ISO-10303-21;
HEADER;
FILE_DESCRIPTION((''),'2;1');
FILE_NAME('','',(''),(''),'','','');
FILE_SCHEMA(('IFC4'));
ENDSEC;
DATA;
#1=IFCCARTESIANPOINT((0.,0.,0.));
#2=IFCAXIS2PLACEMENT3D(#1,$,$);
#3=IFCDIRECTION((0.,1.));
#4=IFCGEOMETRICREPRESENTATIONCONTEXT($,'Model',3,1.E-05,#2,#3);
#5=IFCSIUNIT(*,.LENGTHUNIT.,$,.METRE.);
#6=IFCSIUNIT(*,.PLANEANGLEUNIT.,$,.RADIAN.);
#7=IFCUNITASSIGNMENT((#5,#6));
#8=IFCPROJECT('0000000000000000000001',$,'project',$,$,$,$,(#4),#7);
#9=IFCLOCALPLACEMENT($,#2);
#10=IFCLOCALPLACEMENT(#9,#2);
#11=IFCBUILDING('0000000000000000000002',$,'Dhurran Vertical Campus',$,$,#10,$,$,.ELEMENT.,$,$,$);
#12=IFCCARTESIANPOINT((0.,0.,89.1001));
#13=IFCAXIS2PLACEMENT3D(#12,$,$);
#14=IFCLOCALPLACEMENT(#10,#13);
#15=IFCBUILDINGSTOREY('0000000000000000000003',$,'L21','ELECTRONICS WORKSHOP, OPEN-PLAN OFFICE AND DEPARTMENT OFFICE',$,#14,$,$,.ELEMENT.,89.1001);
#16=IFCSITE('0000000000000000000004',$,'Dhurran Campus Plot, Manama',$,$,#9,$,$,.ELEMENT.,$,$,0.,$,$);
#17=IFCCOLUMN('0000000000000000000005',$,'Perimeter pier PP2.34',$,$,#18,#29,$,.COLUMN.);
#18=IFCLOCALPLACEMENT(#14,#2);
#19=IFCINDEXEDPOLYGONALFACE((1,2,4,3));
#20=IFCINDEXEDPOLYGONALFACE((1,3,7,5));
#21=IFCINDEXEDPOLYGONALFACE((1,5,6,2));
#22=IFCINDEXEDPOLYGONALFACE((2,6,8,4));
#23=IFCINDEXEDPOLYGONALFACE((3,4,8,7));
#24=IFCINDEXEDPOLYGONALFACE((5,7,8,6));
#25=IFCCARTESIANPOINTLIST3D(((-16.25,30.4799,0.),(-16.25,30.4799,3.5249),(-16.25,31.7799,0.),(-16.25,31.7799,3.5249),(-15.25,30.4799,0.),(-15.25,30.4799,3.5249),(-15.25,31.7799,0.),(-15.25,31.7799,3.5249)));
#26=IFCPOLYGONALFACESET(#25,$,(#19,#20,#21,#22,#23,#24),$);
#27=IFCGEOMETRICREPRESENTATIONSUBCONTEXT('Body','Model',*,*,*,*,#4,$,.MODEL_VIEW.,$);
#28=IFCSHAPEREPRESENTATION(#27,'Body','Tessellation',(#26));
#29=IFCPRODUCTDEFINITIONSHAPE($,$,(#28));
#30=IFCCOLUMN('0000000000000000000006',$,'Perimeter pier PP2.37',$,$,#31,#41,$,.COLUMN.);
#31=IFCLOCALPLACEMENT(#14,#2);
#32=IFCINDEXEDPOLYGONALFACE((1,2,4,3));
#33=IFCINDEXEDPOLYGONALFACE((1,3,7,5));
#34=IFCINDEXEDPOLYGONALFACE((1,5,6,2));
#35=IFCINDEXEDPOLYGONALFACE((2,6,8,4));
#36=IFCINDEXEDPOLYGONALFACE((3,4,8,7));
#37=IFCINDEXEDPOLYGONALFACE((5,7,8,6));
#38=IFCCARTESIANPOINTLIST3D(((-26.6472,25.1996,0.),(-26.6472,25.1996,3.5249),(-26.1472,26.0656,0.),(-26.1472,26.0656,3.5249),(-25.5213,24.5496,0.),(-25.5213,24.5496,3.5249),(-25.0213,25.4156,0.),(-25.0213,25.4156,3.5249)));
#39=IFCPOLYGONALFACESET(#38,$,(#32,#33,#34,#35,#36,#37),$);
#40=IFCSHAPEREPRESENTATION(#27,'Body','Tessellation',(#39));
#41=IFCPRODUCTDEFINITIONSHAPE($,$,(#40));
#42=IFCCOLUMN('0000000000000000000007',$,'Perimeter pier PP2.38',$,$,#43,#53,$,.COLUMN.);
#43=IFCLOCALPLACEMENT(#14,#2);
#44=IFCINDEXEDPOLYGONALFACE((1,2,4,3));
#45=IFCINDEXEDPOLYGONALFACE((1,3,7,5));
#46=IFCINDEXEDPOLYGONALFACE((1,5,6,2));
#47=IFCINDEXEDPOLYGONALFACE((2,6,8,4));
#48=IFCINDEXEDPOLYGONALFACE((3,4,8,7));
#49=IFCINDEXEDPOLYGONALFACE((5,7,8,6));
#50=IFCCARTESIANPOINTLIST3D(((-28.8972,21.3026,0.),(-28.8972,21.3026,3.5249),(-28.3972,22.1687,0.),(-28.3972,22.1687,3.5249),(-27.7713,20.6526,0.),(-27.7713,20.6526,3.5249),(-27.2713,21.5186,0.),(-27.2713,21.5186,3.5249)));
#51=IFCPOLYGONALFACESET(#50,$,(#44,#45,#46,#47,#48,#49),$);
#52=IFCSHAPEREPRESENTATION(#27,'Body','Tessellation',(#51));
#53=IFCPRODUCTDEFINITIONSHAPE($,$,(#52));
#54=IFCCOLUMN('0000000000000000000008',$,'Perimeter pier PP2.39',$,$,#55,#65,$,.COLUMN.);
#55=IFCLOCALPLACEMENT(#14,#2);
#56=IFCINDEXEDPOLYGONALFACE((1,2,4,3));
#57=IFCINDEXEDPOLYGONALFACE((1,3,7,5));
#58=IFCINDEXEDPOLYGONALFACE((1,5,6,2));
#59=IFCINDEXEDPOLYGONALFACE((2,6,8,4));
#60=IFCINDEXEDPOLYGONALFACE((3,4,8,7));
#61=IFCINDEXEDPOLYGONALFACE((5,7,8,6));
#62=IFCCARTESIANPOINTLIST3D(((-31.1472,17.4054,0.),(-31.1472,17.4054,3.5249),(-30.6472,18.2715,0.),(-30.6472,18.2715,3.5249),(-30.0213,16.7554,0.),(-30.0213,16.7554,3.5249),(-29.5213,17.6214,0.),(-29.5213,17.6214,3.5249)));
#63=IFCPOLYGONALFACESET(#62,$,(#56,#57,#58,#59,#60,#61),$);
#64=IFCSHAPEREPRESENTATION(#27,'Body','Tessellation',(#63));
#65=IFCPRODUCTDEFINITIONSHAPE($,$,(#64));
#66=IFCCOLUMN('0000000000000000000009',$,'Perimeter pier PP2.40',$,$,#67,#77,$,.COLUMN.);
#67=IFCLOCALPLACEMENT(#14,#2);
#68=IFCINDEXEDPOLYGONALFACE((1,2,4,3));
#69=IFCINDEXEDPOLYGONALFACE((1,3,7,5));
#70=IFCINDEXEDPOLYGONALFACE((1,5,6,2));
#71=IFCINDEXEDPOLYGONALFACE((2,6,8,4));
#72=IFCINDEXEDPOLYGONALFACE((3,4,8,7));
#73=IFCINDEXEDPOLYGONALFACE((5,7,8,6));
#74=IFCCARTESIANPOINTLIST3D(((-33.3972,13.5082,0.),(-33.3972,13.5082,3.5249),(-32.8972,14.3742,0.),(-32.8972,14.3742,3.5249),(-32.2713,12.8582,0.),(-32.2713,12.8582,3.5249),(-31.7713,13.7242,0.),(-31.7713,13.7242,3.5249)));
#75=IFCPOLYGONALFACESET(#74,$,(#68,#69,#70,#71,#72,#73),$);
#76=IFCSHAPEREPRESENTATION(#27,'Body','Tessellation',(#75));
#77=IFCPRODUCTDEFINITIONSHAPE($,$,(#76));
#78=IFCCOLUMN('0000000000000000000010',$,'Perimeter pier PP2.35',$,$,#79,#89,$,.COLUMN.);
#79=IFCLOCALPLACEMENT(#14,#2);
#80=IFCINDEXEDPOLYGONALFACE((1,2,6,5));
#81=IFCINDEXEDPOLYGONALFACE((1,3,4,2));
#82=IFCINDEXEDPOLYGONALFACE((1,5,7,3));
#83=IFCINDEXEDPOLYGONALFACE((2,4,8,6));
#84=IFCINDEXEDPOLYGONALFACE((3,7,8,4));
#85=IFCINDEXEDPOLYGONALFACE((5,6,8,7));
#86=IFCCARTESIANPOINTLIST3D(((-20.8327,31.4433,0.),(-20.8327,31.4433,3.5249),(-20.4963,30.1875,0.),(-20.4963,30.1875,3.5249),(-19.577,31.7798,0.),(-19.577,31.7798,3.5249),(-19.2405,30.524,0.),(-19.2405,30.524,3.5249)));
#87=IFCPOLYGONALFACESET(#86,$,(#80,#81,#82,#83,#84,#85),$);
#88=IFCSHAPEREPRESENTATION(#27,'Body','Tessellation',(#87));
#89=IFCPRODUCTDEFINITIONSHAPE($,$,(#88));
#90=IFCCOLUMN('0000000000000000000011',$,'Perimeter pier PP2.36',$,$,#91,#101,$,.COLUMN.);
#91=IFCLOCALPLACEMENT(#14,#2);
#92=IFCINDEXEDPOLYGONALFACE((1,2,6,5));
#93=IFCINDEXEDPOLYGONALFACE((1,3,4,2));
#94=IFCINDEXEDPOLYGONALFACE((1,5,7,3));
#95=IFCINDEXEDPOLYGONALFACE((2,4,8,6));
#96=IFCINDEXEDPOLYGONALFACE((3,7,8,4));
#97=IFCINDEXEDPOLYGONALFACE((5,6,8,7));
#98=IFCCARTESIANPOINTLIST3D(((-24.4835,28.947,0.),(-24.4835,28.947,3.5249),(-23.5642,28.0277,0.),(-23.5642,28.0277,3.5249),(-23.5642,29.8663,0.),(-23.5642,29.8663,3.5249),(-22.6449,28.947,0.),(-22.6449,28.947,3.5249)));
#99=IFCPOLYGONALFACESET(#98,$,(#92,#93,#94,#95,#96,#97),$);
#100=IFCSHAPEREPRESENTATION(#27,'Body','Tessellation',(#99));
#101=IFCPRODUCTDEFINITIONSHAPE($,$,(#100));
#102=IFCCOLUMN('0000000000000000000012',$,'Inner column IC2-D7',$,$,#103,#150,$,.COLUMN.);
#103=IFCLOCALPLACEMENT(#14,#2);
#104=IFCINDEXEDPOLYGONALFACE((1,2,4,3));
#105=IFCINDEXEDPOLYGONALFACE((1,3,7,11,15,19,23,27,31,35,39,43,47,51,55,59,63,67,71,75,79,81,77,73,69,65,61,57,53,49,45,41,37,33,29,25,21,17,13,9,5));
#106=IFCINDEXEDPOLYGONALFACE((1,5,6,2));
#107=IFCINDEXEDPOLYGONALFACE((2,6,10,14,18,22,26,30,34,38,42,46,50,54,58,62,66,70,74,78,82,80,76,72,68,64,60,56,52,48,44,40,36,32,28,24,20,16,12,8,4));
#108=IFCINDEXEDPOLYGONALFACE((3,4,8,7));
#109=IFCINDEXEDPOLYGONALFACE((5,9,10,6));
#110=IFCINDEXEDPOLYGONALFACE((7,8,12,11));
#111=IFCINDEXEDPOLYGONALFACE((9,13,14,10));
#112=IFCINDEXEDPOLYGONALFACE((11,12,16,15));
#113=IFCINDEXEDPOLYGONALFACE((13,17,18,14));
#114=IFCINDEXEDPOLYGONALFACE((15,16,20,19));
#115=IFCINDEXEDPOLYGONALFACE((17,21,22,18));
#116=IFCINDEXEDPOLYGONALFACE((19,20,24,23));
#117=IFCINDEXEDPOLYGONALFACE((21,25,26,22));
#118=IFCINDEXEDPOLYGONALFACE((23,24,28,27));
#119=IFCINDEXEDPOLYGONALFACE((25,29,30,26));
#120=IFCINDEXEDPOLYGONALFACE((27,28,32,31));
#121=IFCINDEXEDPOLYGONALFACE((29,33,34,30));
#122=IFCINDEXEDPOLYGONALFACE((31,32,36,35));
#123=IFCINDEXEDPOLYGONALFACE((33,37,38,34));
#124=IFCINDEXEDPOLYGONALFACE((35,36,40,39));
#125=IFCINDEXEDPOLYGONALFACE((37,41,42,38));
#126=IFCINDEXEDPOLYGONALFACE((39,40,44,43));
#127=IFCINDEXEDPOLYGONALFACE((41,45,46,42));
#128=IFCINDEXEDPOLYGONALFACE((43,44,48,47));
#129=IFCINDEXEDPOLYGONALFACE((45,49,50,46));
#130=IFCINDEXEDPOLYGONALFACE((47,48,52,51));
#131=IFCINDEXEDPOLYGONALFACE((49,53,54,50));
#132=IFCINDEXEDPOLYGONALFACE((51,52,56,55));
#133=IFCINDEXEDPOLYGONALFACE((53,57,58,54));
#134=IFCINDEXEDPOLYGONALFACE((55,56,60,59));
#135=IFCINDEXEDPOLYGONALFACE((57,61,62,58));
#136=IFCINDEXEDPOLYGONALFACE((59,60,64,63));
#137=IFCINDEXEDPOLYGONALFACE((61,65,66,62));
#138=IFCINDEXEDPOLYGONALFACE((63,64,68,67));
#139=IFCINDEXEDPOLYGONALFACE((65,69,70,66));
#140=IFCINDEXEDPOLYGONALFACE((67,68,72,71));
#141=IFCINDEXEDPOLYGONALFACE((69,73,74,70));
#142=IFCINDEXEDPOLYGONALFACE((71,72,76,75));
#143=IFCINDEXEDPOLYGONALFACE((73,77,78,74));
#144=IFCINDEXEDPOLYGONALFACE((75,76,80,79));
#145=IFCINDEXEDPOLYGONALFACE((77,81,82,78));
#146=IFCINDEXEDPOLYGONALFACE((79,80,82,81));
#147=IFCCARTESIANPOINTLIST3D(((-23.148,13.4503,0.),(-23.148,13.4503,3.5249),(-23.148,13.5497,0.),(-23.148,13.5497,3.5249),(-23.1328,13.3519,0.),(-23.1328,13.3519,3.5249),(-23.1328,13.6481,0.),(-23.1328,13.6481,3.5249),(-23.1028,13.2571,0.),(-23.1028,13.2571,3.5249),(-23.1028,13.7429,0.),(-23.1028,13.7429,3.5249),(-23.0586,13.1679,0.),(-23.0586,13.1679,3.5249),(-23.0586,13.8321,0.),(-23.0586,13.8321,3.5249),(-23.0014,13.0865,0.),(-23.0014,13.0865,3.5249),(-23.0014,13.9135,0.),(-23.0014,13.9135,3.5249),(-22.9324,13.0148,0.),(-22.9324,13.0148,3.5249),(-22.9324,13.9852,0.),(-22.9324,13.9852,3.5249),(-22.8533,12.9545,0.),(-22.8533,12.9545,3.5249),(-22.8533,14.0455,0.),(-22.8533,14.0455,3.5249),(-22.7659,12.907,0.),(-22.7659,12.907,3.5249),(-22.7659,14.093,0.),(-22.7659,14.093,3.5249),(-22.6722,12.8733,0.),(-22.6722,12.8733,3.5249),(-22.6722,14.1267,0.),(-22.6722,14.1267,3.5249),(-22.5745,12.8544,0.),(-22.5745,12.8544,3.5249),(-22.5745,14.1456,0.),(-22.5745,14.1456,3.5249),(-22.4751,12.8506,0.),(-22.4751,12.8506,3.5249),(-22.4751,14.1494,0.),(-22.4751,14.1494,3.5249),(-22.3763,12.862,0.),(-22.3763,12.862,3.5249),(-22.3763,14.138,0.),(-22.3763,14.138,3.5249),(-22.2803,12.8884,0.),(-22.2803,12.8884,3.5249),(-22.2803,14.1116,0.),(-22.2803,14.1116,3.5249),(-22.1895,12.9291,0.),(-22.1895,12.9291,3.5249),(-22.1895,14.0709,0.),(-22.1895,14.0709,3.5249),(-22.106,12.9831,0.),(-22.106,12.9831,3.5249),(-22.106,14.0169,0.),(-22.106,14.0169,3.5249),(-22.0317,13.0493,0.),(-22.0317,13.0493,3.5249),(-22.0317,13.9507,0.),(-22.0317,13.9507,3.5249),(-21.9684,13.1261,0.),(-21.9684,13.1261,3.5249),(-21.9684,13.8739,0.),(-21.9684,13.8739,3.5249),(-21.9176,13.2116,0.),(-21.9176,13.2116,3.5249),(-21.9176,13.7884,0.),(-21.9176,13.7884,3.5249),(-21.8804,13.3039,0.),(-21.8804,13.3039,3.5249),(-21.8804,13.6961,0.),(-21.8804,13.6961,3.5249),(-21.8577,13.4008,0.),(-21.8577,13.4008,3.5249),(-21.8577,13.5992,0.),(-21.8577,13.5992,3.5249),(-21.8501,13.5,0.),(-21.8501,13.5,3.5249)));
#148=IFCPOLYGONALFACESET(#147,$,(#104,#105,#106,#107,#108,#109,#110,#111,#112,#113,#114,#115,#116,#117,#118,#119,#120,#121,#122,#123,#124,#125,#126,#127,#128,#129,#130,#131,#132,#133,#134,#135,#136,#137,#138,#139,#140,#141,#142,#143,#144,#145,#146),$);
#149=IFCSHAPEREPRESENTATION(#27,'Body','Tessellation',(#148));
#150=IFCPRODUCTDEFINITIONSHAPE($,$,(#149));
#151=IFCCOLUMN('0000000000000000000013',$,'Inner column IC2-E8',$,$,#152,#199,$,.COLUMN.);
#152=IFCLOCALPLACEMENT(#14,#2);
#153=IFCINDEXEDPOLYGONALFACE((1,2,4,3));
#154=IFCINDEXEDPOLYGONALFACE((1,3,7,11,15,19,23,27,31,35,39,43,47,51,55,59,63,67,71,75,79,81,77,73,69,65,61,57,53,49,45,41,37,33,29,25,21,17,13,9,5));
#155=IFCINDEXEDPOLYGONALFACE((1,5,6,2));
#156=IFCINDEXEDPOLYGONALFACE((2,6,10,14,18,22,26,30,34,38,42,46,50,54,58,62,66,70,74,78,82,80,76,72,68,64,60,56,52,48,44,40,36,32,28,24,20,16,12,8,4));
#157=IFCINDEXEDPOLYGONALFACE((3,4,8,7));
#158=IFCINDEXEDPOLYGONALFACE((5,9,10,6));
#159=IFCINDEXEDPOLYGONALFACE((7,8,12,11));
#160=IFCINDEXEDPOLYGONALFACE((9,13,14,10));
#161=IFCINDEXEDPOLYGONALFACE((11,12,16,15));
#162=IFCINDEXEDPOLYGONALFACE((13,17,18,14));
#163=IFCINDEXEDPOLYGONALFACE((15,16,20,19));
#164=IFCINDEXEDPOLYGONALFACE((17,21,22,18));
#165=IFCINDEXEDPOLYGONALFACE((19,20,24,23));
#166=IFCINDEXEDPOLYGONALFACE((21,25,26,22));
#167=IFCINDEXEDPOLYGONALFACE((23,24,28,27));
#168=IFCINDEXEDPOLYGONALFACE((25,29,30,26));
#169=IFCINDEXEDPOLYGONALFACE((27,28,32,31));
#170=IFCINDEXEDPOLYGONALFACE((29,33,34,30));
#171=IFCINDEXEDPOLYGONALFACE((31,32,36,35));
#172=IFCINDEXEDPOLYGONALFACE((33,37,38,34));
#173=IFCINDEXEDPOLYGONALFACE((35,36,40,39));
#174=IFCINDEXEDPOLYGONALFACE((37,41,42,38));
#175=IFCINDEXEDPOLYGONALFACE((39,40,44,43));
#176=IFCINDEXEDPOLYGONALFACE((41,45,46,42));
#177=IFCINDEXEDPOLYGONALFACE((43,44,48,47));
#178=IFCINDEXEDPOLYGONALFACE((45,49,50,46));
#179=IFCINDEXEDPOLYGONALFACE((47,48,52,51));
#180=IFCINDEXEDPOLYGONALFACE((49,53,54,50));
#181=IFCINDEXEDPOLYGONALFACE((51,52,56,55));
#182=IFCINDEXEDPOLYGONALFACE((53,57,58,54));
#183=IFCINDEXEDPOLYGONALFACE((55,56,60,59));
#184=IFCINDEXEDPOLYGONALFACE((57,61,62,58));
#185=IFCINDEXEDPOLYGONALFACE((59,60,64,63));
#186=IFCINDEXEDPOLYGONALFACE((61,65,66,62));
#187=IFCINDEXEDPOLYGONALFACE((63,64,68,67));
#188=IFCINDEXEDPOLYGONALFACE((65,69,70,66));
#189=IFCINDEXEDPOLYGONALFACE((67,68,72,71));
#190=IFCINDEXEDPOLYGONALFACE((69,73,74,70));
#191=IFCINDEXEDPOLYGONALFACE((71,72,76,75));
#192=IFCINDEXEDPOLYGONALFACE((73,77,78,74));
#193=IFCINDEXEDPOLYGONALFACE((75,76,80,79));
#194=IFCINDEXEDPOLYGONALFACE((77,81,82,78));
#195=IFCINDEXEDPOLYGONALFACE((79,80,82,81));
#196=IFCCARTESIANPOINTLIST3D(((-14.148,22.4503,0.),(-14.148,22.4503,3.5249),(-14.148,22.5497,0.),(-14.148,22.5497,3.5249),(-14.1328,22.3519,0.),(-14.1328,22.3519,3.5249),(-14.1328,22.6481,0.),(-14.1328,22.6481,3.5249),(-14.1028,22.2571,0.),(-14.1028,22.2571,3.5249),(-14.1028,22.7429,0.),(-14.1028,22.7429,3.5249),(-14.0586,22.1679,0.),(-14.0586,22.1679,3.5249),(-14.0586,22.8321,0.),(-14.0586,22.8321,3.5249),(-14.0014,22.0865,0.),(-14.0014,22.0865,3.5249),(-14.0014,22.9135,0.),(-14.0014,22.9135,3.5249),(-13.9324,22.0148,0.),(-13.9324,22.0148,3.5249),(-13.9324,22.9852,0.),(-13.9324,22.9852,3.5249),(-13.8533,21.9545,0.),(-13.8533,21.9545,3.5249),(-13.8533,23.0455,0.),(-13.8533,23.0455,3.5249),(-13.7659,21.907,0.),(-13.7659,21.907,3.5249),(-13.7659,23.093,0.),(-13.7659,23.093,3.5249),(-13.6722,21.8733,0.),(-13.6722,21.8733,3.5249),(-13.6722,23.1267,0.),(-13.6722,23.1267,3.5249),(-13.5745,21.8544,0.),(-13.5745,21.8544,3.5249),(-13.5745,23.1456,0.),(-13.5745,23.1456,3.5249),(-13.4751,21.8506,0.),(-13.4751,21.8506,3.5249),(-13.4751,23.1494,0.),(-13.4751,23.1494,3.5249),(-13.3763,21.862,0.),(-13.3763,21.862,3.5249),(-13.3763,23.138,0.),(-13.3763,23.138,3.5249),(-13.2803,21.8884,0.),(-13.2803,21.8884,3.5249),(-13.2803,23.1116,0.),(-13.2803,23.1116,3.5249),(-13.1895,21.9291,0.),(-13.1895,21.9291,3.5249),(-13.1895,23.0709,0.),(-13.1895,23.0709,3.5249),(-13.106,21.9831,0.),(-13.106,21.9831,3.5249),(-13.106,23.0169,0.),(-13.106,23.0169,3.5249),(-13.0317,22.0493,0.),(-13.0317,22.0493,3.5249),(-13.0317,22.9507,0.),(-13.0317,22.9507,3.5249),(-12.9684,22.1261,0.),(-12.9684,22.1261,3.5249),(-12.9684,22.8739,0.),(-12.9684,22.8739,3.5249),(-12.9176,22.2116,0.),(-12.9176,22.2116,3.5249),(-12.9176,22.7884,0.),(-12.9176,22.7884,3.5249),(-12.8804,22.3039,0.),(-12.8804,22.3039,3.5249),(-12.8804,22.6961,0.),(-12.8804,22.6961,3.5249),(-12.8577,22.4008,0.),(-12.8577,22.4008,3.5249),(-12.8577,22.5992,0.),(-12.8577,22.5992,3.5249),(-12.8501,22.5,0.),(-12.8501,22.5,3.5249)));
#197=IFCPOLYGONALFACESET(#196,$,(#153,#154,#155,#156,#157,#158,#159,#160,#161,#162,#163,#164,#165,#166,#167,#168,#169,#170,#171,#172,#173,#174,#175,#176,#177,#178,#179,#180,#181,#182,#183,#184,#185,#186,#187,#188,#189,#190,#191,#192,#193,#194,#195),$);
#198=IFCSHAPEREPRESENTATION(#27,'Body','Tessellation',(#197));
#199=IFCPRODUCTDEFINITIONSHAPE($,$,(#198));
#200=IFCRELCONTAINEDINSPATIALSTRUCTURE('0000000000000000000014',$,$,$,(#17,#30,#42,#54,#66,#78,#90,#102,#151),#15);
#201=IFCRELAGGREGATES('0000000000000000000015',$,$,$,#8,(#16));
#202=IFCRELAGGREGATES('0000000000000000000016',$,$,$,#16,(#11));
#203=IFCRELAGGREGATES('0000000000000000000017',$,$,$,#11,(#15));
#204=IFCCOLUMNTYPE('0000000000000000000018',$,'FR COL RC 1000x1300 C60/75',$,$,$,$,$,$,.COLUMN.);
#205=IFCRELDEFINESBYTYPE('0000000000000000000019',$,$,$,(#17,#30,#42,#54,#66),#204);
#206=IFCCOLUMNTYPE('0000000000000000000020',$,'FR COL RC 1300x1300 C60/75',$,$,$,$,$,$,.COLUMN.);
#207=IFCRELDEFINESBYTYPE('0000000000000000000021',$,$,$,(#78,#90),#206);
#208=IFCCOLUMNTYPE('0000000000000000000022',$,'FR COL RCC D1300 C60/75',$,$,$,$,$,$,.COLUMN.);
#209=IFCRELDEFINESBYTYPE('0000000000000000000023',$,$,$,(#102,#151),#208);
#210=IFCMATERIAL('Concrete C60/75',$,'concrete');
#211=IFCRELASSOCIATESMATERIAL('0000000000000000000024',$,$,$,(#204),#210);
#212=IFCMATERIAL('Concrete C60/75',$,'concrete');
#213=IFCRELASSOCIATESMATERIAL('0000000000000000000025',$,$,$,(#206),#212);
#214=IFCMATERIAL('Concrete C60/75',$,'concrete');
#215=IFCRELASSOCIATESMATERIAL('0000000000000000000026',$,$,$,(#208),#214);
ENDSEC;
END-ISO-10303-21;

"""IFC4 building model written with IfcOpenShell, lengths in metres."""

from ifc_helpers import new_model, si_unit, direction, frame, origin, origin_2d, place, context, subcontext, project, spatial, rectangle, circle, extrude, material, material_profile, profile_set, type_object, element, save


model = new_model("IFC4")

# Units and contexts
model_context = context("Model", 3, precision=1e-05, world=origin(), true_north=direction((0.0, 1.0)))
body_context = subcontext(model_context, "Body", "Model", "MODEL_VIEW")
ifc_project = project(units=[si_unit("LENGTHUNIT", "METRE"), si_unit("PLANEANGLEUNIT", "RADIAN")], contexts=[model_context])

# Site, building, storey
site_placement = place(None, origin())
site = spatial("IfcSite", under=ifc_project, at=site_placement, Name="Dhurran Campus Plot, Manama", CompositionType="ELEMENT", RefElevation=0.0)
building_placement = place(site_placement, origin())
building = spatial("IfcBuilding", under=site, at=building_placement, Name="Dhurran Vertical Campus", CompositionType="ELEMENT")
storey_placement = place(building_placement, frame((0.0, 0.0, 89.1001)))
storey = spatial("IfcBuildingStorey", under=building, at=storey_placement, Name="L21", Description="ELECTRONICS WORKSHOP, OPEN-PLAN OFFICE AND DEPARTMENT OFFICE", CompositionType="ELEMENT", Elevation=89.1001)

# Columns
ifc_material_1 = material(Name="Concrete C60/75", Category="concrete")
ifc_material_profile_1 = material_profile(ifc_material_1, rectangle(XDim=1.0, YDim=1.3, at=origin_2d()), Name="RC 1000x1300")
ifc_profile_set_1 = profile_set([ifc_material_profile_1], Name="Concrete C60/75")
column_type_1 = type_object("IfcColumnType", Name="FR COL RC 1000x1300 C60/75", PredefinedType="COLUMN", material=ifc_profile_set_1)
for number, where, z_axis, x_axis, name in (
    (1, (-15.75, 31.1299, 0.0), (0.0, 0.0, 1.0), (-1.0, 0.0, 0.0), "Perimeter pier PP2.34"),
    (2, (-25.8342, 25.3076, 0.0), (0.0, 0.0, 1.0), (-0.5, -0.866025, 0.0), "Perimeter pier PP2.37"),
    (3, (-28.0842, 21.4106, 0.0), (0.0, 0.0, 1.0), (-0.5, -0.866025, 0.0), "Perimeter pier PP2.38"),
    (4, (-30.3342, 17.5134, 0.0), (0.0, 0.0, 1.0), (-0.5, -0.866025, 0.0), "Perimeter pier PP2.39"),
    (5, (-32.5842, 13.6162, 0.0), (0.0, 0.0, 1.0), (-0.5, -0.866025, 0.0), "Perimeter pier PP2.40"),
):
    element("IfcColumn", number, at=place(storey_placement, frame(where, z_axis=z_axis, x_axis=x_axis)), inside=storey, type_object=column_type_1, Name=name, PredefinedType="COLUMN", context=body_context, shape_type="SweptSolid", body=[
        extrude(rectangle(XDim=1.0, YDim=1.3, at=origin_2d()), origin(), (0.0, 0.0, 1.0), 3.5249),
    ])
ifc_material_2 = material(Name="Concrete C60/75", Category="concrete")
ifc_material_profile_2 = material_profile(ifc_material_2, rectangle(XDim=1.3, YDim=1.3, at=origin_2d()), Name="RC 1300x1300")
ifc_profile_set_2 = profile_set([ifc_material_profile_2], Name="Concrete C60/75")
column_type_2 = type_object("IfcColumnType", Name="FR COL RC 1300x1300 C60/75", PredefinedType="COLUMN", material=ifc_profile_set_2)
for number, where, z_axis, x_axis, name in (
    (6, (-20.0366, 30.9836, 0.0), (0.0, 0.0, 1.0), (-0.965926, -0.258819, 0.0), "Perimeter pier PP2.35"),
    (7, (-23.5642, 28.947, 0.0), (0.0, 0.0, 1.0), (-0.707107, -0.707107, 0.0), "Perimeter pier PP2.36"),
):
    element("IfcColumn", number, at=place(storey_placement, frame(where, z_axis=z_axis, x_axis=x_axis)), inside=storey, type_object=column_type_2, Name=name, PredefinedType="COLUMN", context=body_context, shape_type="SweptSolid", body=[
        extrude(rectangle(XDim=1.3, YDim=1.3, at=origin_2d()), origin(), (0.0, 0.0, 1.0), 3.5249),
    ])
ifc_material_3 = material(Name="Concrete C60/75", Category="concrete")
ifc_material_profile_3 = material_profile(ifc_material_3, circle(Radius=0.6499, at=origin_2d()), Name="RCC D1300")
ifc_profile_set_3 = profile_set([ifc_material_profile_3], Name="Concrete C60/75")
column_type_3 = type_object("IfcColumnType", Name="FR COL RCC D1300 C60/75", PredefinedType="COLUMN", material=ifc_profile_set_3)
for number, where, z_axis, x_axis, name in (
    (8, (-22.5, 13.5, 0.0), (0.0, 0.0, 1.0), (1.0, 0.0, 0.0), "Inner column IC2-D7"),
    (9, (-13.5, 22.5, 0.0), (0.0, 0.0, 1.0), (1.0, 0.0, 0.0), "Inner column IC2-E8"),
):
    element("IfcColumn", number, at=place(storey_placement, frame(where, z_axis=z_axis, x_axis=x_axis)), inside=storey, type_object=column_type_3, Name=name, PredefinedType="COLUMN", context=body_context, shape_type="SweptSolid", body=[
        extrude(circle(Radius=0.6499, at=origin_2d()), origin(), (0.0, 0.0, 1.0), 3.5249),
    ])

save(model, "model.ifc")
